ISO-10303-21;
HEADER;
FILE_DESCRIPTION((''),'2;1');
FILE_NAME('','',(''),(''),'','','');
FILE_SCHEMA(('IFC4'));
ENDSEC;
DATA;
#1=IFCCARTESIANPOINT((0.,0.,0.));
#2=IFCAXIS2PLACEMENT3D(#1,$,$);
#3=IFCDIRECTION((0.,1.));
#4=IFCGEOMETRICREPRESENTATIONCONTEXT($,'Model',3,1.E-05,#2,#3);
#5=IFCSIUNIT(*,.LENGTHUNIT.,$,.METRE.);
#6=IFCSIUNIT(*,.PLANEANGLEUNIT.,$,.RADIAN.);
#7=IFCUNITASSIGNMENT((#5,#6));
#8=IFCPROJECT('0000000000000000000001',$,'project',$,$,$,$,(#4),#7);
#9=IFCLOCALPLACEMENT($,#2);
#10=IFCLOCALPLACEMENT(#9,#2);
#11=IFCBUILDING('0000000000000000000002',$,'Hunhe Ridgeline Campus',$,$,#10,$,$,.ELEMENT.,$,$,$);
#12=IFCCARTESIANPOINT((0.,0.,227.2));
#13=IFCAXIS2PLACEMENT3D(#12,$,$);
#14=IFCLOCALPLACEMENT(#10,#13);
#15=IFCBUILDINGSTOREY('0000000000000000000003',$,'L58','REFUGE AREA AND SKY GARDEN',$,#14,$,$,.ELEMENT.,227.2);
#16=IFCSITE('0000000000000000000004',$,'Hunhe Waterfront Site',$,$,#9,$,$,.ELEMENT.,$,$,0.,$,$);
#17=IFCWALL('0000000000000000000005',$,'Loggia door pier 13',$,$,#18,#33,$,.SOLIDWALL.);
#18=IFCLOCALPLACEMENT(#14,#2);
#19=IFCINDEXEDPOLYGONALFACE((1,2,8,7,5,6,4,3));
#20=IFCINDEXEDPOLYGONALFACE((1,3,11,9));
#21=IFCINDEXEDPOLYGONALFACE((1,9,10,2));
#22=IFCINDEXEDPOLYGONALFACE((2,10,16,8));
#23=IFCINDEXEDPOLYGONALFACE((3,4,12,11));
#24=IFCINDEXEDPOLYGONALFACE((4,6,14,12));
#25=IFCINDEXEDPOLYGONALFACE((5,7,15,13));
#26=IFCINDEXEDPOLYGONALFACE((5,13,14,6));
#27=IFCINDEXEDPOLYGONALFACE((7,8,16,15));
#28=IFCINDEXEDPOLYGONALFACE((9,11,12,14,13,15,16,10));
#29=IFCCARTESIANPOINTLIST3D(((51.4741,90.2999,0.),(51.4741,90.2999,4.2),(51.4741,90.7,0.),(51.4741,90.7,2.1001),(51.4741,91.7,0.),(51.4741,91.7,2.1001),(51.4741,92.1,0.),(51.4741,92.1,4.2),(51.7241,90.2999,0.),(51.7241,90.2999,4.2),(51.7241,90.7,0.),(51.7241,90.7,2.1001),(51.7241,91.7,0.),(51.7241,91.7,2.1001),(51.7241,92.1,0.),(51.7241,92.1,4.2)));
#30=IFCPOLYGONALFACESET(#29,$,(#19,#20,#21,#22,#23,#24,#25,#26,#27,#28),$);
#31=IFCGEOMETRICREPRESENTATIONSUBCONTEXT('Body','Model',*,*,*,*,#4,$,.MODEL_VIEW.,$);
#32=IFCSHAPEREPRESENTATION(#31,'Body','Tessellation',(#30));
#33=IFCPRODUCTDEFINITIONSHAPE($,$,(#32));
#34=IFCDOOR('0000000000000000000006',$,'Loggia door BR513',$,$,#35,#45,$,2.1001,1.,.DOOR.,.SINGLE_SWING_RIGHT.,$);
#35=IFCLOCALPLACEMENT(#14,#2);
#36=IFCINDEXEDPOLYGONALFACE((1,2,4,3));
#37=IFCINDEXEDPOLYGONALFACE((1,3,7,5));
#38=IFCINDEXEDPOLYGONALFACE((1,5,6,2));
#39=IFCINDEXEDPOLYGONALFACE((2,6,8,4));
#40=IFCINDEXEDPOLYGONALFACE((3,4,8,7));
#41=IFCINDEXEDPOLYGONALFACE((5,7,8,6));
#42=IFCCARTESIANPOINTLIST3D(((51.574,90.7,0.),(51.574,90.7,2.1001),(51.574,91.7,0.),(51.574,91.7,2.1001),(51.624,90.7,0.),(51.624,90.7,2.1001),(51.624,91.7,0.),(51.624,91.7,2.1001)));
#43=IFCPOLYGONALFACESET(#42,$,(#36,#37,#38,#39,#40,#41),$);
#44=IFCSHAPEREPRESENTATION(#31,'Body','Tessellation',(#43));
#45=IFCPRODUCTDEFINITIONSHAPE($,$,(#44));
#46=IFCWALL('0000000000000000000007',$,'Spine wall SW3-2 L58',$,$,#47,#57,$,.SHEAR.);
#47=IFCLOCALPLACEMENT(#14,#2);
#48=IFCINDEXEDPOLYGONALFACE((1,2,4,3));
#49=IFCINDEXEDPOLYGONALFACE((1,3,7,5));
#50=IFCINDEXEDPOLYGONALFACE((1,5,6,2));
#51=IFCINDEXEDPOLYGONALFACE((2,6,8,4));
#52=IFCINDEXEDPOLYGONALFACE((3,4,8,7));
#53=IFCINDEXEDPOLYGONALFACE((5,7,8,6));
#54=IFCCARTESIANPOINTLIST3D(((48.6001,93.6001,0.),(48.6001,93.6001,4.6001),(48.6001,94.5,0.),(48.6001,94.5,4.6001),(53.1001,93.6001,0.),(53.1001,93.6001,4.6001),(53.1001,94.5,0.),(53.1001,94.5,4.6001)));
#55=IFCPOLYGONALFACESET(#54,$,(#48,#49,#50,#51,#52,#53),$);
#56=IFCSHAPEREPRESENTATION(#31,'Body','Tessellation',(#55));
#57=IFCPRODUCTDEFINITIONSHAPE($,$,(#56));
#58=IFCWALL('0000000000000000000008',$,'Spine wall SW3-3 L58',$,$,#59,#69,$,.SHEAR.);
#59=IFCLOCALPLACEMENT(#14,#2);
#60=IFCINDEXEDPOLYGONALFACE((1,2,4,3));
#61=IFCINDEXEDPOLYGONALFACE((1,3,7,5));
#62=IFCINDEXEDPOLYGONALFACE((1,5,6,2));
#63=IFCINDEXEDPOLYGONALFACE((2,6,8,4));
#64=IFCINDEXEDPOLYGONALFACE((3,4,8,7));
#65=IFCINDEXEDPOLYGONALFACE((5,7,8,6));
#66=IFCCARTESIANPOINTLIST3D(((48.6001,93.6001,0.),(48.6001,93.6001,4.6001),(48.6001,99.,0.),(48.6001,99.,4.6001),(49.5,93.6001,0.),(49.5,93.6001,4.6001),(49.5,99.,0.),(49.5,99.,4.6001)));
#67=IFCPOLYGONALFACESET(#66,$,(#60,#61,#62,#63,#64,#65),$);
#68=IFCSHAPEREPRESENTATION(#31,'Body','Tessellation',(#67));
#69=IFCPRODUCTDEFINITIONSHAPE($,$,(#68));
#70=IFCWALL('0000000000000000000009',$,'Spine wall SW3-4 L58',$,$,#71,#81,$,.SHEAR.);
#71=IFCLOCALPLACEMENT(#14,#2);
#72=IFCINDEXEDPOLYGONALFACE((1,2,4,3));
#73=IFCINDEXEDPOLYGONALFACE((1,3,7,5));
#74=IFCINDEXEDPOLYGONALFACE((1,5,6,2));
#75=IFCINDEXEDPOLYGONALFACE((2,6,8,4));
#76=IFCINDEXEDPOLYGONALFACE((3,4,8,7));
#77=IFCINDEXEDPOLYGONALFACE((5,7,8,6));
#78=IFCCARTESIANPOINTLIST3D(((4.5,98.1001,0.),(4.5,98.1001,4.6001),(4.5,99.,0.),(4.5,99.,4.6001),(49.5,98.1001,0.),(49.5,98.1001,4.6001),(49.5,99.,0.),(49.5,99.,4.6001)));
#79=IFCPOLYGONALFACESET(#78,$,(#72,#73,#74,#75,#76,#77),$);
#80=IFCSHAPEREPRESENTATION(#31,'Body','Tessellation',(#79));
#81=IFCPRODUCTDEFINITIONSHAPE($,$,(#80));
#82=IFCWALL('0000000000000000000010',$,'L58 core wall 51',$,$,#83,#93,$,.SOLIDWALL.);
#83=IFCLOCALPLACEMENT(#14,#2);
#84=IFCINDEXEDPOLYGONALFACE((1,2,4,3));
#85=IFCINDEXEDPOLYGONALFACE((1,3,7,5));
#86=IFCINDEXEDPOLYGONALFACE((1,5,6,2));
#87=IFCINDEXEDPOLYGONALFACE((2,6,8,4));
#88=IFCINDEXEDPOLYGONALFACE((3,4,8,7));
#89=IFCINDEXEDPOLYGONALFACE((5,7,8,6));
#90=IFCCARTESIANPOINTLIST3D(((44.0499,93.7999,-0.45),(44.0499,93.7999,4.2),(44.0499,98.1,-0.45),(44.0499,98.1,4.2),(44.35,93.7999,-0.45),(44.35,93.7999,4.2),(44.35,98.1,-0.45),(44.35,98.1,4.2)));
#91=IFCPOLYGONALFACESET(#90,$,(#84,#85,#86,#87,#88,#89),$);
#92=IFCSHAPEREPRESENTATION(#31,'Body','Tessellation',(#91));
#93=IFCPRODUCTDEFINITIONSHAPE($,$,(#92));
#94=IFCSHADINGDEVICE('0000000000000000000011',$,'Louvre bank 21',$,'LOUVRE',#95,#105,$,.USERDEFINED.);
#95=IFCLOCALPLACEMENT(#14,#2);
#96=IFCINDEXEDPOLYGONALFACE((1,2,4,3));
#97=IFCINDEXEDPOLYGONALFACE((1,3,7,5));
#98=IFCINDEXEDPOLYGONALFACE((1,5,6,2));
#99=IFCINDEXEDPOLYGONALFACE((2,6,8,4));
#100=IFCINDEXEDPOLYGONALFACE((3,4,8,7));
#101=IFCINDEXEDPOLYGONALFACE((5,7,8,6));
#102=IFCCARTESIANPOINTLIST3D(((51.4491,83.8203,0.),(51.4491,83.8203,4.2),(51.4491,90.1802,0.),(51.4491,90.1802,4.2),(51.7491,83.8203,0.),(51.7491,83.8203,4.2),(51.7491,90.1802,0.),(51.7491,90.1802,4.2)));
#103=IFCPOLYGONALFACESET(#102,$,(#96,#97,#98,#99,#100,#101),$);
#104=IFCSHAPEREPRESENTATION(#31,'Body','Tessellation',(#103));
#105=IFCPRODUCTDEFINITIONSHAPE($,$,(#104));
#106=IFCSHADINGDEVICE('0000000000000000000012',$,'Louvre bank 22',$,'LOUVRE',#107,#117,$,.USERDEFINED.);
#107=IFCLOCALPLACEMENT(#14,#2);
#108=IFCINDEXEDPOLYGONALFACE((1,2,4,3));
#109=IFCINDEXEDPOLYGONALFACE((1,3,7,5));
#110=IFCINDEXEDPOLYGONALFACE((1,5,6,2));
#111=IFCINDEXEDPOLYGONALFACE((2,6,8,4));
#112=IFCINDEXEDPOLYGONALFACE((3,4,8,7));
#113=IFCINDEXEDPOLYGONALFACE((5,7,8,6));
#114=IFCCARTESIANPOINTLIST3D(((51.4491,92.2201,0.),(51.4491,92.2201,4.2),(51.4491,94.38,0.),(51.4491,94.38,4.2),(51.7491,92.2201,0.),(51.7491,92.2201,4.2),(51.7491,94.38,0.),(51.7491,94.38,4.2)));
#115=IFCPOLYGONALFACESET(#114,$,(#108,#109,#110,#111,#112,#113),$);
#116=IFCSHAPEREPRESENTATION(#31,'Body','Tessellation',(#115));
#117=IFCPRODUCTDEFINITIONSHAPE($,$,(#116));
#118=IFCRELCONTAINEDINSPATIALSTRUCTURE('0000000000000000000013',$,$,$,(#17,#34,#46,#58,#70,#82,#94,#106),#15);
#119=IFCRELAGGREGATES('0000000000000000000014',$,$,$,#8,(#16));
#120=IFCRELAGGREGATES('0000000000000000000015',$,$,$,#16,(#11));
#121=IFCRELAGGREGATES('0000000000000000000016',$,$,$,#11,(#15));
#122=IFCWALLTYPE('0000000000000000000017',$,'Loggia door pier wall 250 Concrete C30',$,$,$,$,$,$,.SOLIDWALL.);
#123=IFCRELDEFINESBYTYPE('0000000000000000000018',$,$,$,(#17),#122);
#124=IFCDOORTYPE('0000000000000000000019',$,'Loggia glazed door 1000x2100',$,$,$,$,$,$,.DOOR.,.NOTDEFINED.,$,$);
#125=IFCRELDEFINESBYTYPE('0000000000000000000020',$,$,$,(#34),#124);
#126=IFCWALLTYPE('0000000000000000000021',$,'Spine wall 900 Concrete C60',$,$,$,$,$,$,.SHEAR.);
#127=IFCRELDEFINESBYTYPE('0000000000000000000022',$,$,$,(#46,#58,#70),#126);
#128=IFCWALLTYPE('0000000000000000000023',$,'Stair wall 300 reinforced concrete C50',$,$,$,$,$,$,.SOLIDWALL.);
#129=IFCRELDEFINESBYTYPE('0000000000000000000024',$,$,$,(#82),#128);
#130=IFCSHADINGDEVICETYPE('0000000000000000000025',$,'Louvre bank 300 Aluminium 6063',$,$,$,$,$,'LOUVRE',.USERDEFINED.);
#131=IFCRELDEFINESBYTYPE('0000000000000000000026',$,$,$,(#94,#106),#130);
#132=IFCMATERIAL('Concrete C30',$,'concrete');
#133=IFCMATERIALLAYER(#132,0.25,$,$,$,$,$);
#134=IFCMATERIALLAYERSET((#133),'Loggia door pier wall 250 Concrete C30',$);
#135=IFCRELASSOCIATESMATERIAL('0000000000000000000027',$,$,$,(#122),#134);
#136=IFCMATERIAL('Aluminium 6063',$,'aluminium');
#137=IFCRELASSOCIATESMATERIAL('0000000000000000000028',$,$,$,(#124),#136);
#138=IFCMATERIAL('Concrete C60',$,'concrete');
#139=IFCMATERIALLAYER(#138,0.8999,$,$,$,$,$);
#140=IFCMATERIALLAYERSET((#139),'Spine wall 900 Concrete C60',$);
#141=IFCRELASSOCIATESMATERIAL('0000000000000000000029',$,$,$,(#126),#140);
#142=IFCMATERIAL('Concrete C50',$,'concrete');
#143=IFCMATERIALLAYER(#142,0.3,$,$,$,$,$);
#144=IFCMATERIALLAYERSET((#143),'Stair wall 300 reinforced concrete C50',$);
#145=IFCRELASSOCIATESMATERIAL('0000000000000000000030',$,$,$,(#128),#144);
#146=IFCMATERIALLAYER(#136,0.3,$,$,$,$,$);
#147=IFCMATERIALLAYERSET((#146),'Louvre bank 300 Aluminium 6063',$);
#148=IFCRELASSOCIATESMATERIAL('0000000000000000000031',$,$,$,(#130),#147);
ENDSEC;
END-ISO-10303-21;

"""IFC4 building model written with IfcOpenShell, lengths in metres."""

from ifc_helpers import new_model, si_unit, direction, frame, frame_2d, origin, origin_2d, place, context, subcontext, project, spatial, rectangle, extrude, material, layer, layer_set, type_object, element, fill, save


model = new_model("IFC4")

# Units and contexts
model_context = context("Model", 3, precision=1e-05, world=origin(), true_north=direction((0.0, 1.0)))
body_context = subcontext(model_context, "Body", "Model", "MODEL_VIEW")
ifc_project = project(units=[si_unit("LENGTHUNIT", "METRE"), si_unit("PLANEANGLEUNIT", "RADIAN")], contexts=[model_context])

# Site, building, storey
site_placement = place(None, origin())
site = spatial("IfcSite", under=ifc_project, at=site_placement, Name="Hunhe Waterfront Site", CompositionType="ELEMENT", RefElevation=0.0)
building_placement = place(site_placement, origin())
building = spatial("IfcBuilding", under=site, at=building_placement, Name="Hunhe Ridgeline Campus", CompositionType="ELEMENT")
storey_placement = place(building_placement, frame((0.0, 0.0, 227.2)))
storey = spatial("IfcBuildingStorey", under=building, at=storey_placement, Name="L58", Description="REFUGE AREA AND SKY GARDEN", CompositionType="ELEMENT", Elevation=227.2)

# Shared definitions
ifc_material_1 = material(Name="Concrete C60", Category="concrete")

# Shared definitions
ifc_material_2 = material(Name="Aluminium 6063", Category="aluminium")

# Wall, opening, door
ifc_material_3 = material(Name="Concrete C30", Category="concrete")
ifc_layer_1 = layer(ifc_material_3, 0.25)
ifc_layer_set_1 = layer_set([ifc_layer_1], Name="Loggia door pier wall 250 Concrete C30")
wall_type_1 = type_object("IfcWallType", Name="Loggia door pier wall 250 Concrete C30", PredefinedType="SOLIDWALL", material=ifc_layer_set_1)
door_type_1 = type_object("IfcDoorType", Name="Loggia glazed door 1000x2100", OperationType="NOTDEFINED", PredefinedType="DOOR", material=ifc_material_2)
wall_1_placement = place(storey_placement, frame((51.5991, 90.3, 0.0), z_axis=(0.0, 0.0, 1.0), x_axis=(0.0, 1.0, 0.0)))
wall_1 = element("IfcWall", 1, at=wall_1_placement, inside=storey, type_object=wall_type_1, Name="Loggia door pier 13", PredefinedType="SOLIDWALL", context=body_context, shape_type="SweptSolid", body=[
    extrude(rectangle(XDim=1.8, YDim=0.25, at=frame_2d((0.8999, 0.0))), origin(), (0.0, 0.0, 1.0), 4.2),
])
opening_1_placement = place(wall_1_placement, frame((0.3999, 0.0, 0.0)))
opening_1 = element("IfcOpeningElement", 2, at=opening_1_placement, cuts=wall_1, PredefinedType="OPENING", context=body_context, shape_type="SweptSolid", body=[
    extrude(rectangle(XDim=1.0, YDim=2.1001, at=frame_2d((0.5, 1.05))), frame((0.0, 0.125, 0.0), z_axis=(0.0, -1.0, 0.0), x_axis=(1.0, 0.0, 0.0)), (0.0, 0.0, 1.0), 0.25),
])
door_1_placement = place(opening_1_placement, frame((1.0, 0.0, 0.0), z_axis=(0.0, 0.0, 1.0), x_axis=(-1.0, 0.0, 0.0)))
door_1 = element("IfcDoor", 3, at=door_1_placement, inside=storey, type_object=door_type_1, Name="Loggia door BR513", OperationType="SINGLE_SWING_RIGHT", OverallHeight=2.1001, OverallWidth=1.0, PredefinedType="DOOR", context=body_context, shape_type="SweptSolid", body=[
    extrude(rectangle(XDim=1.0, YDim=2.1001, at=frame_2d((0.5, 1.05))), frame((0.0, 0.0249, 0.0), z_axis=(0.0, -1.0, 0.0), x_axis=(1.0, 0.0, 0.0)), (0.0, 0.0, 1.0), 0.05),
])
fill(opening_1, door_1)

# Walls
ifc_layer_2 = layer(ifc_material_1, 0.8999)
ifc_layer_set_2 = layer_set([ifc_layer_2], Name="Spine wall 900 Concrete C60")
wall_type_2 = type_object("IfcWallType", Name="Spine wall 900 Concrete C60", PredefinedType="SHEAR", material=ifc_layer_set_2)
wall_2_placement = place(storey_placement, frame((53.1001, 94.05, 0.0), z_axis=(0.0, 0.0, 1.0), x_axis=(-1.0, 0.0, 0.0)))
element("IfcWall", 4, at=wall_2_placement, inside=storey, type_object=wall_type_2, Name="Spine wall SW3-2 L58", PredefinedType="SHEAR", context=body_context, shape_type="SweptSolid", body=[
    extrude(rectangle(XDim=4.5, YDim=0.8999, at=frame_2d((2.25, 0.0))), origin(), (0.0, 0.0, 1.0), 4.6001),
])
wall_3_placement = place(storey_placement, frame((49.05, 93.6001, 0.0), z_axis=(0.0, 0.0, 1.0), x_axis=(0.0, 1.0, 0.0)))
element("IfcWall", 5, at=wall_3_placement, inside=storey, type_object=wall_type_2, Name="Spine wall SW3-3 L58", PredefinedType="SHEAR", context=body_context, shape_type="SweptSolid", body=[
    extrude(rectangle(XDim=5.3999, YDim=0.8999, at=frame_2d((2.7, 0.0))), origin(), (0.0, 0.0, 1.0), 4.6001),
])
wall_4_placement = place(storey_placement, frame((49.5, 98.55, 0.0), z_axis=(0.0, 0.0, 1.0), x_axis=(-1.0, 0.0, 0.0)))
element("IfcWall", 6, at=wall_4_placement, inside=storey, type_object=wall_type_2, Name="Spine wall SW3-4 L58", PredefinedType="SHEAR", context=body_context, shape_type="SweptSolid", body=[
    extrude(rectangle(XDim=45.0, YDim=0.8999, at=frame_2d((22.5, 0.0))), origin(), (0.0, 0.0, 1.0), 4.6001),
])
ifc_material_4 = material(Name="Concrete C50", Category="concrete")
ifc_layer_3 = layer(ifc_material_4, 0.3)
ifc_layer_set_3 = layer_set([ifc_layer_3], Name="Stair wall 300 reinforced concrete C50")
wall_type_3 = type_object("IfcWallType", Name="Stair wall 300 reinforced concrete C50", PredefinedType="SOLIDWALL", material=ifc_layer_set_3)
wall_5_placement = place(storey_placement, frame((44.2, 93.8, -0.45), z_axis=(0.0, 0.0, 1.0), x_axis=(0.0, 1.0, 0.0)))
element("IfcWall", 7, at=wall_5_placement, inside=storey, type_object=wall_type_3, Name="L58 core wall 51", PredefinedType="SOLIDWALL", context=body_context, shape_type="SweptSolid", body=[
    extrude(rectangle(XDim=4.3, YDim=0.3, at=frame_2d((2.1499, 0.0))), origin(), (0.0, 0.0, 1.0), 4.6499),
])

# Shading devices
ifc_layer_4 = layer(ifc_material_2, 0.3)
ifc_layer_set_4 = layer_set([ifc_layer_4], Name="Louvre bank 300 Aluminium 6063")
shading_device_type = type_object("IfcShadingDeviceType", Name="Louvre bank 300 Aluminium 6063", ElementType="LOUVRE", PredefinedType="USERDEFINED", material=ifc_layer_set_4)
shading_device_1_placement = place(storey_placement, frame((51.5991, 87.0002, 0.0), z_axis=(0.0, 0.0, 1.0), x_axis=(0.0, 1.0, 0.0)))
element("IfcShadingDevice", 8, at=shading_device_1_placement, inside=storey, type_object=shading_device_type, Name="Louvre bank 21", ObjectType="LOUVRE", PredefinedType="USERDEFINED", context=body_context, shape_type="SweptSolid", body=[
    extrude(rectangle(XDim=6.3599, YDim=0.3, at=origin_2d()), origin(), (0.0, 0.0, 1.0), 4.2),
])
shading_device_2_placement = place(storey_placement, frame((51.5991, 93.3, 0.0), z_axis=(0.0, 0.0, 1.0), x_axis=(0.0, 1.0, 0.0)))
element("IfcShadingDevice", 9, at=shading_device_2_placement, inside=storey, type_object=shading_device_type, Name="Louvre bank 22", ObjectType="LOUVRE", PredefinedType="USERDEFINED", context=body_context, shape_type="SweptSolid", body=[
    extrude(rectangle(XDim=2.1599, YDim=0.3, at=origin_2d()), origin(), (0.0, 0.0, 1.0), 4.2),
])

save(model, "model.ifc")
